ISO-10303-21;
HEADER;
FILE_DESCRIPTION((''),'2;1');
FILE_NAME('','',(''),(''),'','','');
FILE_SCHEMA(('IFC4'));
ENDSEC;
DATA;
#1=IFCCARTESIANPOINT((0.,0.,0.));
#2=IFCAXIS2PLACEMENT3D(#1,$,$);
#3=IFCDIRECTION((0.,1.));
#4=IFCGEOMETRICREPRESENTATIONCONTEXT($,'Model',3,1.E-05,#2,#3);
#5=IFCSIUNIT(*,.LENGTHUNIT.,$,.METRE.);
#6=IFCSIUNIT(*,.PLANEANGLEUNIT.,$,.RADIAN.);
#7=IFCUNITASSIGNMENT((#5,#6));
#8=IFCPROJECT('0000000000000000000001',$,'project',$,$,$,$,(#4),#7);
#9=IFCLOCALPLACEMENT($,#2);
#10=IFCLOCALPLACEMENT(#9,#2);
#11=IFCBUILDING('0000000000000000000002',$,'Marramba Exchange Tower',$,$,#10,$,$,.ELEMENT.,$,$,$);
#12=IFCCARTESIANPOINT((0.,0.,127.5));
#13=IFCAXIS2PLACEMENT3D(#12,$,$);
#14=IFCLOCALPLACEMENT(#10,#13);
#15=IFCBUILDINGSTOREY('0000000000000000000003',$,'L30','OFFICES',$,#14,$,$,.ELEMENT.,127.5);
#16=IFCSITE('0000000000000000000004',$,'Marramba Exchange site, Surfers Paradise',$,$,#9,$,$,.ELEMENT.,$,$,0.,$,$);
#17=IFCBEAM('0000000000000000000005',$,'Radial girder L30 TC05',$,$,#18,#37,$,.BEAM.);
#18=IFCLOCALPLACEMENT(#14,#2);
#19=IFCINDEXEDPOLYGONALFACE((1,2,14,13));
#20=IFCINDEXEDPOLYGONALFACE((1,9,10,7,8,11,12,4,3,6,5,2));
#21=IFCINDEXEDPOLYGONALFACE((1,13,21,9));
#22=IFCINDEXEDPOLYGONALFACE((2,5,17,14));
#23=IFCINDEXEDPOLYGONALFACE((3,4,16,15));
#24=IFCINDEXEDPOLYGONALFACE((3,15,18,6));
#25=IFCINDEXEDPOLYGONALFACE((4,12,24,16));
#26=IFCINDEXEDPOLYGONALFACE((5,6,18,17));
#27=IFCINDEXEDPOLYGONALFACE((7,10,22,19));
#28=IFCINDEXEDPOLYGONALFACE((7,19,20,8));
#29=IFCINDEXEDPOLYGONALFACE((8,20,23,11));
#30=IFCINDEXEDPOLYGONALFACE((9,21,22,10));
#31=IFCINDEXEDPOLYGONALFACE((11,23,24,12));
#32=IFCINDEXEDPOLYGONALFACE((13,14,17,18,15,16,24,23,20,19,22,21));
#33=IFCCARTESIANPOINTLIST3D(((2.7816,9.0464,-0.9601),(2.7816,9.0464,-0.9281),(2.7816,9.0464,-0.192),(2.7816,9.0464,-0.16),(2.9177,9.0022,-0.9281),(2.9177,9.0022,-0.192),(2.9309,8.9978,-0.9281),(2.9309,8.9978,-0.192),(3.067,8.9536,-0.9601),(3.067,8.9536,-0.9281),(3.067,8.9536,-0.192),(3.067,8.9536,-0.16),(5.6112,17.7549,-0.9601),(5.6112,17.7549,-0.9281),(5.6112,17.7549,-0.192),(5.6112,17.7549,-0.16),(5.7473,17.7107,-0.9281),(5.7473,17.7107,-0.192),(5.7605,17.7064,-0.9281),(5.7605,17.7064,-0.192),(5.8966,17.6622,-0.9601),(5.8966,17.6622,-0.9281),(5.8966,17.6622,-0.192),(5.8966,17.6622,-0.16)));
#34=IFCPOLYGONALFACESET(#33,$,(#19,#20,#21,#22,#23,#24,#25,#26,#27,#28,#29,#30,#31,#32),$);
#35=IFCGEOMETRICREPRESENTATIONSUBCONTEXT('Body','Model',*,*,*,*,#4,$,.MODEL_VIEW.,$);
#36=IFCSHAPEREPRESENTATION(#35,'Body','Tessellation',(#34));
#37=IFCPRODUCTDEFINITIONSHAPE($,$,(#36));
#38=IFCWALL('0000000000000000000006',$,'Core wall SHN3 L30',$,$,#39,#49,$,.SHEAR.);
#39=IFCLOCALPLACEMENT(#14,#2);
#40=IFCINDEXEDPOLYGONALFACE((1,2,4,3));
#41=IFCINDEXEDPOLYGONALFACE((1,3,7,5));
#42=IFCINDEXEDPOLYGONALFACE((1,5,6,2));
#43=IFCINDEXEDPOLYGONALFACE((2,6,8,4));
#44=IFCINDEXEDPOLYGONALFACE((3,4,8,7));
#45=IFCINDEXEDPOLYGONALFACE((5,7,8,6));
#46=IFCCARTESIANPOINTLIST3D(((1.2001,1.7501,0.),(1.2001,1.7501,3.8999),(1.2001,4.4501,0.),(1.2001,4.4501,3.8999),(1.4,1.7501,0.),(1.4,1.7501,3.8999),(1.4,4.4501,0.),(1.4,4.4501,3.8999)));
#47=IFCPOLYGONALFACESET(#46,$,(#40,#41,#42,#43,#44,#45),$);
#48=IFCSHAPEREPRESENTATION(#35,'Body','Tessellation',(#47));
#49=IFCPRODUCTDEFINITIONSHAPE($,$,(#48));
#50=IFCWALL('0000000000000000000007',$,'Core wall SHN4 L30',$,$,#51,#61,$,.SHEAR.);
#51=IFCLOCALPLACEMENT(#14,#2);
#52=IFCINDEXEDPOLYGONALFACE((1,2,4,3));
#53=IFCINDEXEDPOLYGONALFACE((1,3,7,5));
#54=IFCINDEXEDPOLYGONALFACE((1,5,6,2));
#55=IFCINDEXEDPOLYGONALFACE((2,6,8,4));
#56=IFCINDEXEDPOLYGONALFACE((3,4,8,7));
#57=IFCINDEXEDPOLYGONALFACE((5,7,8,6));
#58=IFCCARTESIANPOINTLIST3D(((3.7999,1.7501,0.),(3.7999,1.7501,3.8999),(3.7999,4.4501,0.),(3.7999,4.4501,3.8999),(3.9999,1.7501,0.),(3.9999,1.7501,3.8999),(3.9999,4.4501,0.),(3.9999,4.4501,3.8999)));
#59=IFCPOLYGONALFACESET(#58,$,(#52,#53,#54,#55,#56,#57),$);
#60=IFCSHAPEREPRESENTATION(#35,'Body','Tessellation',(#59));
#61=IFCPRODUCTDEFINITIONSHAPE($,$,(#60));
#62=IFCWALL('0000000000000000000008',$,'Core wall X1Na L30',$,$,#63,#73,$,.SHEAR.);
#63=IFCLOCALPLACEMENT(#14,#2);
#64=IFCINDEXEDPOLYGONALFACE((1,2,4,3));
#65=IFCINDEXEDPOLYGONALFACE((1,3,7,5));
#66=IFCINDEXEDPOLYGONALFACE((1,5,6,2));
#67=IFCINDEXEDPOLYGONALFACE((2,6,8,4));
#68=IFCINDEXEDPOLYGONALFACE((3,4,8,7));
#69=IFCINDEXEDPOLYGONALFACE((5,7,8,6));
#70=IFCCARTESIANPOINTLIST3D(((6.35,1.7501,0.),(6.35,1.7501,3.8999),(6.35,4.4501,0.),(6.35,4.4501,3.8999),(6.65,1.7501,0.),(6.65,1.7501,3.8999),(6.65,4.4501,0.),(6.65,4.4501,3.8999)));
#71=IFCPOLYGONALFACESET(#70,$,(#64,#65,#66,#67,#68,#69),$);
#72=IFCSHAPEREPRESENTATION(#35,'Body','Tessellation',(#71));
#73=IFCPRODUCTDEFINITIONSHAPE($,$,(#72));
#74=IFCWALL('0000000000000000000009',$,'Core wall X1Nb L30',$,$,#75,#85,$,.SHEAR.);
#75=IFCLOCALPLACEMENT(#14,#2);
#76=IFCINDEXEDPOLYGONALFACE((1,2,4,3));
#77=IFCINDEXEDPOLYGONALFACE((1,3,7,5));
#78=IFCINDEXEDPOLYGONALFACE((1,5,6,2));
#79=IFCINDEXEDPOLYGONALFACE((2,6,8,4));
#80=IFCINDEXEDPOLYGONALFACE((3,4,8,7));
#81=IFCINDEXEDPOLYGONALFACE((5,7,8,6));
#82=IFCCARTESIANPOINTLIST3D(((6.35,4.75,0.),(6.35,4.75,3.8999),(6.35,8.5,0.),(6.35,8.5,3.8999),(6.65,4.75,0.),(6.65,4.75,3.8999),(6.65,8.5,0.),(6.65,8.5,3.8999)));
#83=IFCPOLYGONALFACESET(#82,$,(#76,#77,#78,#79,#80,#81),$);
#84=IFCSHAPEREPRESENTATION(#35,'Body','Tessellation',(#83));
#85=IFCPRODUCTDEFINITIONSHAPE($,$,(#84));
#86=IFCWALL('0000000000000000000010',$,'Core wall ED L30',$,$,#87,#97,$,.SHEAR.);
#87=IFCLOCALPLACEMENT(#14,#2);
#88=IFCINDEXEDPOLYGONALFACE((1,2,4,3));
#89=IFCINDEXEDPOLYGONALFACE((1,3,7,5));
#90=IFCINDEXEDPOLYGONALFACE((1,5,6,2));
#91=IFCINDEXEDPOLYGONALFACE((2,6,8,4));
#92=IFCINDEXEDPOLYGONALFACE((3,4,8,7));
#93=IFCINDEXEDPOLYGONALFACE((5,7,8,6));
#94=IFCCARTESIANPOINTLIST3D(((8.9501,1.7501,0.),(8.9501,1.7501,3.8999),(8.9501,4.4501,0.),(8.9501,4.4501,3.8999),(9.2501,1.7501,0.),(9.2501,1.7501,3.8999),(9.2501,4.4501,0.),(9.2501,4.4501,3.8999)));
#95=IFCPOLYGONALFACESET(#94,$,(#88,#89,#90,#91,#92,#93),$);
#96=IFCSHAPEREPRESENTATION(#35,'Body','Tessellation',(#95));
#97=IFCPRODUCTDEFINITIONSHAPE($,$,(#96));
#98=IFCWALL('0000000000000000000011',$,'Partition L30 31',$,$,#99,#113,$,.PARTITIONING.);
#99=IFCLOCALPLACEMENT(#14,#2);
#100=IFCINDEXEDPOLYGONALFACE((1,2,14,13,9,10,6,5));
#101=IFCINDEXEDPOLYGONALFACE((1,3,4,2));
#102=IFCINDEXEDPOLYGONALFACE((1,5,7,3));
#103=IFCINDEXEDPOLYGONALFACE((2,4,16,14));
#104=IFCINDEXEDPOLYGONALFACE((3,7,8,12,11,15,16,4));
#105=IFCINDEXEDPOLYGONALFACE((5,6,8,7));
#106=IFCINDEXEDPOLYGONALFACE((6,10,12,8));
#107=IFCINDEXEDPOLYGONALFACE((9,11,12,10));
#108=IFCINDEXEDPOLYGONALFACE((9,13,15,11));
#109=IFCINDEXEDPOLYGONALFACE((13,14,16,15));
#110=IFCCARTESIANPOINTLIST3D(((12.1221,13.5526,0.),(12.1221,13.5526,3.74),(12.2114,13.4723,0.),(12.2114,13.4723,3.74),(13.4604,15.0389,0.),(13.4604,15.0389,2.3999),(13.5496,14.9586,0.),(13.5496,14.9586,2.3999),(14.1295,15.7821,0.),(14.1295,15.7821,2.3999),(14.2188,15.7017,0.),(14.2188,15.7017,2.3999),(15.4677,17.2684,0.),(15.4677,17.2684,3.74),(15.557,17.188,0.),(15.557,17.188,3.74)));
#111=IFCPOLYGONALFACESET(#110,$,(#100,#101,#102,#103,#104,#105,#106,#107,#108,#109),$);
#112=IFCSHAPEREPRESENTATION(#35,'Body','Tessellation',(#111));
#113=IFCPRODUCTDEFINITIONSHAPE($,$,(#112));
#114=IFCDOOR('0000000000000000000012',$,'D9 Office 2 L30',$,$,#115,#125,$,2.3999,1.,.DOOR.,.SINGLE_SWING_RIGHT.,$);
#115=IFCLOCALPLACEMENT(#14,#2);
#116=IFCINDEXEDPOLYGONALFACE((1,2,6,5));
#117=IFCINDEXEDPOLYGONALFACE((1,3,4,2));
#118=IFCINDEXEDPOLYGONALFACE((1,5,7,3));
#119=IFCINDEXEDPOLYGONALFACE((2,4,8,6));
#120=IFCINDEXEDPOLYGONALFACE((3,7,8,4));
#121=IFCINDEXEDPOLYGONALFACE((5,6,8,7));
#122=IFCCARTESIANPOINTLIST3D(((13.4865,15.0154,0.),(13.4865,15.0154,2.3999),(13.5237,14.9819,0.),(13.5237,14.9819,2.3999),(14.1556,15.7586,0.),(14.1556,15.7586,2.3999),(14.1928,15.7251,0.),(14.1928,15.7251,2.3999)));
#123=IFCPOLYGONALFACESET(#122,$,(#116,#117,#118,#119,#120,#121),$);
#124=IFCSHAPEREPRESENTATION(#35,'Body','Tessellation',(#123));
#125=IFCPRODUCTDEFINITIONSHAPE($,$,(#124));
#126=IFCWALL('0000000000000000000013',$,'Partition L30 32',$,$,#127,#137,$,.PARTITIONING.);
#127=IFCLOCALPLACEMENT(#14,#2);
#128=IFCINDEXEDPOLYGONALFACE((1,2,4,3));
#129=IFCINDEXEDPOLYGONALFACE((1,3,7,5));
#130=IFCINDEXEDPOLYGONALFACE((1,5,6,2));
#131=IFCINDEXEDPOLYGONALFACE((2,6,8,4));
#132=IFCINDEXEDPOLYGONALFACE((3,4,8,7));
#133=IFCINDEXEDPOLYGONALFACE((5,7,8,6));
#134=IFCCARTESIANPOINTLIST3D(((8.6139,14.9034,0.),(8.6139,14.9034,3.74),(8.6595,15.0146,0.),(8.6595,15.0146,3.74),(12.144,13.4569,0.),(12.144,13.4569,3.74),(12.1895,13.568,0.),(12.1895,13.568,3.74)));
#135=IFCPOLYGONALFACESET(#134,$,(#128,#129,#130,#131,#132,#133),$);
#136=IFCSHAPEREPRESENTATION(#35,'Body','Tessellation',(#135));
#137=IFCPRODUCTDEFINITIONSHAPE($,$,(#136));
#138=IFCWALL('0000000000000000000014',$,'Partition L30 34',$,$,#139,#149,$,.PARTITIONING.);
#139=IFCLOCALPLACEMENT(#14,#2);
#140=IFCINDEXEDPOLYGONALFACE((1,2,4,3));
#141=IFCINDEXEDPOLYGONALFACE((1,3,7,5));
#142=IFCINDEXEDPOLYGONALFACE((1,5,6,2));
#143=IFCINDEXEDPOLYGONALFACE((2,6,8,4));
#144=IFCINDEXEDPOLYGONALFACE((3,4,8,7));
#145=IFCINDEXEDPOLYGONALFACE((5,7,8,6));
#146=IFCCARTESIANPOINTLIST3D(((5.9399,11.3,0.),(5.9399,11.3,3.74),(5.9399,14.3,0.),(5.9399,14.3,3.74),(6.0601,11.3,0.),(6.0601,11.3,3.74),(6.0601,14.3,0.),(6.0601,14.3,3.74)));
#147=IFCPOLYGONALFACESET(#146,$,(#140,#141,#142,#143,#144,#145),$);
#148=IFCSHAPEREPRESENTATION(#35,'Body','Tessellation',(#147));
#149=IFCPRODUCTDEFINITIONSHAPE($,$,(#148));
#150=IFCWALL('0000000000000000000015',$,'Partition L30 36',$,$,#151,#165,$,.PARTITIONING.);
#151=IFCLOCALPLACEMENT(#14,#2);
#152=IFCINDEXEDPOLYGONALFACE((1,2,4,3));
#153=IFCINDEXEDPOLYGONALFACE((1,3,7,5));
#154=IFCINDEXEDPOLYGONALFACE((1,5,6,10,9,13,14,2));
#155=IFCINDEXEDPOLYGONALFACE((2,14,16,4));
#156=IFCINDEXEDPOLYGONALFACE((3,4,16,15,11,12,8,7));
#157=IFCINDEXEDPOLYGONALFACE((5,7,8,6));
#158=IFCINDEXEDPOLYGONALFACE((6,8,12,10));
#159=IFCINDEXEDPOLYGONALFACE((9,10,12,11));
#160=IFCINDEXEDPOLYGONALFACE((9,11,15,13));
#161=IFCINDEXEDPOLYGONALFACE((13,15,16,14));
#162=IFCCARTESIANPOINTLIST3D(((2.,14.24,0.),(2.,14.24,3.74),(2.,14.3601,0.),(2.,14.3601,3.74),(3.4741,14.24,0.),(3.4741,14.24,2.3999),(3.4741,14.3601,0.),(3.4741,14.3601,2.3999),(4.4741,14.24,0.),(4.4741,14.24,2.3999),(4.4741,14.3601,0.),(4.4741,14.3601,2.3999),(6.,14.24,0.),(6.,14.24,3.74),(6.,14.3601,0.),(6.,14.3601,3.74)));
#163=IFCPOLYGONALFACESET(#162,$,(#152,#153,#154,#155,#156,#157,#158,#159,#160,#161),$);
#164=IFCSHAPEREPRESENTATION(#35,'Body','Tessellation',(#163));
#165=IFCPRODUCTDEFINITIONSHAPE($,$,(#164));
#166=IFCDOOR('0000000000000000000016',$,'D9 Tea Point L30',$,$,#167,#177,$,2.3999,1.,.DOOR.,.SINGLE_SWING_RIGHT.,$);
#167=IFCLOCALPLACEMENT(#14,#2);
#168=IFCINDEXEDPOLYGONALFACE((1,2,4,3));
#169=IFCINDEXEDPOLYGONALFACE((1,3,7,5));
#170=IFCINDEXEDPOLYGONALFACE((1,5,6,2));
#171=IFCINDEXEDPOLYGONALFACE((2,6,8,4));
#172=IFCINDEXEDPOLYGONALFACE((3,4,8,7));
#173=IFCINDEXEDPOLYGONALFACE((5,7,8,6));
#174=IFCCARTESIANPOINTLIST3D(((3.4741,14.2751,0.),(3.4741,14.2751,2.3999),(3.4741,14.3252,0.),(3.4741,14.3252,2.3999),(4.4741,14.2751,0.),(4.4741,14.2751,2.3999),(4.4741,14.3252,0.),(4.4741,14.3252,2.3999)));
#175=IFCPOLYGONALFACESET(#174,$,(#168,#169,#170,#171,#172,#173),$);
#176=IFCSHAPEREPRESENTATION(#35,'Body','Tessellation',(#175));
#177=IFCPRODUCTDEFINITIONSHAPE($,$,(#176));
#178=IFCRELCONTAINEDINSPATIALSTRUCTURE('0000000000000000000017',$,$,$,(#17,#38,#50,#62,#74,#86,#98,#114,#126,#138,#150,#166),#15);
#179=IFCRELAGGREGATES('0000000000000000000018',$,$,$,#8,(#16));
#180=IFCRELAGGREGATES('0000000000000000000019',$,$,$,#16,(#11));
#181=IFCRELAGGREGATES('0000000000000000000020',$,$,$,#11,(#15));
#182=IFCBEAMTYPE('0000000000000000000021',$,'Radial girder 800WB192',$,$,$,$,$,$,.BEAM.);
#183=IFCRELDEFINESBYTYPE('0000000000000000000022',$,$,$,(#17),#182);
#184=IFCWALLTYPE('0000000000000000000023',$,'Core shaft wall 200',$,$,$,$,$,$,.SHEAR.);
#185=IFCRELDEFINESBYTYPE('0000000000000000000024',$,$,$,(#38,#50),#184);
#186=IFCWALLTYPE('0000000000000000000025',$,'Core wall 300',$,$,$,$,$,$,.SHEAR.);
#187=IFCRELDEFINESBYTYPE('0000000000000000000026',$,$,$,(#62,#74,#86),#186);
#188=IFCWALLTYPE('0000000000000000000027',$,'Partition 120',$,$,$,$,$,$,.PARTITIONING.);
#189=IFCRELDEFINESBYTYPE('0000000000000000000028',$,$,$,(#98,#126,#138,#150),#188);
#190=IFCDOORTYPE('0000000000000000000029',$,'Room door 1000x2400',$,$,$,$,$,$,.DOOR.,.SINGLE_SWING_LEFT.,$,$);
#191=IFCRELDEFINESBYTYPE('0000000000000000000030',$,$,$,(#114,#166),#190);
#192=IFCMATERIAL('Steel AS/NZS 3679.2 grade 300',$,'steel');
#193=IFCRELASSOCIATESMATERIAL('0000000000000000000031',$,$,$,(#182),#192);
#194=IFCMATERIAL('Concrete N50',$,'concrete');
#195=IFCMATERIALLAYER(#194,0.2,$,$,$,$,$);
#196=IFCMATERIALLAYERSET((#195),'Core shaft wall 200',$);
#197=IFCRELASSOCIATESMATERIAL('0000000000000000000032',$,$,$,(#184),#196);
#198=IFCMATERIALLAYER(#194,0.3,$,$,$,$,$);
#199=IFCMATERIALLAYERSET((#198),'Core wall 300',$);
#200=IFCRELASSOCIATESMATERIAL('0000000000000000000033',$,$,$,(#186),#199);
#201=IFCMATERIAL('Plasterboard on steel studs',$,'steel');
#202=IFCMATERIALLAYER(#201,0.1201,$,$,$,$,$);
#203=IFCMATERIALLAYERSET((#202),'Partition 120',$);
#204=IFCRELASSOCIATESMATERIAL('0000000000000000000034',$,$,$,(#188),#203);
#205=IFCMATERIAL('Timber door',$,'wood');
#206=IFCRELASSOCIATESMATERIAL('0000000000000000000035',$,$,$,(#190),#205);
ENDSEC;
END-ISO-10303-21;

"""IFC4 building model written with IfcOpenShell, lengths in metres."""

from ifc_helpers import new_model, si_unit, direction, frame, frame_2d, origin, origin_2d, place, context, subcontext, project, spatial, rectangle, i_section, extrude, material, layer, layer_set, material_profile, profile_set, type_object, element, fill, save


model = new_model("IFC4")

# Units and contexts
model_context = context("Model", 3, precision=1e-05, world=origin(), true_north=direction((0.0, 1.0)))
body_context = subcontext(model_context, "Body", "Model", "MODEL_VIEW")
ifc_project = project(units=[si_unit("LENGTHUNIT", "METRE"), si_unit("PLANEANGLEUNIT", "RADIAN")], contexts=[model_context])

# Site, building, storey
site_placement = place(None, origin())
site = spatial("IfcSite", under=ifc_project, at=site_placement, Name="Marramba Exchange site, Surfers Paradise", CompositionType="ELEMENT", RefElevation=0.0)
building_placement = place(site_placement, origin())
building = spatial("IfcBuilding", under=site, at=building_placement, Name="Marramba Exchange Tower", CompositionType="ELEMENT")
storey_placement = place(building_placement, frame((0.0, 0.0, 127.5)))
storey = spatial("IfcBuildingStorey", under=building, at=storey_placement, Name="L30", Description="OFFICES", CompositionType="ELEMENT", Elevation=127.5)

# Beam
ifc_material_1 = material(Name="Steel AS/NZS 3679.2 grade 300", Category="steel")
ifc_material_profile_1 = material_profile(ifc_material_1, i_section(OverallWidth=0.3, OverallDepth=0.8, WebThickness=0.0139, FlangeThickness=0.032, at=origin_2d()), Name="800WB192")
ifc_profile_set_1 = profile_set([ifc_material_profile_1], Name="Steel AS/NZS 3679.2 grade 300")
beam_type_1 = type_object("IfcBeamType", Name="Radial girder 800WB192", PredefinedType="BEAM", material=ifc_profile_set_1)
beam_1_placement = place(storey_placement, frame((2.9243, 9.0, -0.5601), z_axis=(0.30902, 0.951056, 0.0), x_axis=(-0.951056, 0.30902, 0.0)))
element("IfcBeam", 1, at=beam_1_placement, inside=storey, type_object=beam_type_1, Name="Radial girder L30 TC05", PredefinedType="BEAM", context=body_context, shape_type="SweptSolid", body=[
    extrude(i_section(OverallWidth=0.3, OverallDepth=0.8, WebThickness=0.0139, FlangeThickness=0.032, at=origin_2d()), origin(), (0.0, 0.0, 1.0), 9.1567),
])

# Walls
ifc_material_2 = material(Name="Concrete N50", Category="concrete")
ifc_layer_1 = layer(ifc_material_2, 0.2)
ifc_layer_set_1 = layer_set([ifc_layer_1], Name="Core shaft wall 200")
wall_type_1 = type_object("IfcWallType", Name="Core shaft wall 200", PredefinedType="SHEAR", material=ifc_layer_set_1)
for number, where, z_axis, x_axis, name in (
    (2, (1.3, 1.75, 0.0), (0.0, 0.0, 1.0), (0.0, 1.0, 0.0), "Core wall SHN3 L30"),
    (3, (3.8999, 1.75, 0.0), (0.0, 0.0, 1.0), (0.0, 1.0, 0.0), "Core wall SHN4 L30"),
):
    element("IfcWall", number, at=place(storey_placement, frame(where, z_axis=z_axis, x_axis=x_axis)), inside=storey, type_object=wall_type_1, Name=name, PredefinedType="SHEAR", context=body_context, shape_type="SweptSolid", body=[
        extrude(rectangle(XDim=2.7, YDim=0.2, at=frame_2d((1.3501, 0.0))), origin(), (0.0, 0.0, 1.0), 3.8999),
    ])

# Walls
ifc_layer_2 = layer(ifc_material_2, 0.3)
ifc_layer_set_2 = layer_set([ifc_layer_2], Name="Core wall 300")
wall_type_2 = type_object("IfcWallType", Name="Core wall 300", PredefinedType="SHEAR", material=ifc_layer_set_2)
wall_1_placement = place(storey_placement, frame((6.5, 1.75, 0.0), z_axis=(0.0, 0.0, 1.0), x_axis=(0.0, 1.0, 0.0)))
element("IfcWall", 4, at=wall_1_placement, inside=storey, type_object=wall_type_2, Name="Core wall X1Na L30", PredefinedType="SHEAR", context=body_context, shape_type="SweptSolid", body=[
    extrude(rectangle(XDim=2.7, YDim=0.3, at=frame_2d((1.3501, 0.0))), origin(), (0.0, 0.0, 1.0), 3.8999),
])
wall_2_placement = place(storey_placement, frame((6.5, 4.75, 0.0), z_axis=(0.0, 0.0, 1.0), x_axis=(0.0, 1.0, 0.0)))
element("IfcWall", 5, at=wall_2_placement, inside=storey, type_object=wall_type_2, Name="Core wall X1Nb L30", PredefinedType="SHEAR", context=body_context, shape_type="SweptSolid", body=[
    extrude(rectangle(XDim=3.75, YDim=0.3, at=frame_2d((1.875, 0.0))), origin(), (0.0, 0.0, 1.0), 3.8999),
])
wall_3_placement = place(storey_placement, frame((9.1001, 1.75, 0.0), z_axis=(0.0, 0.0, 1.0), x_axis=(0.0, 1.0, 0.0)))
element("IfcWall", 6, at=wall_3_placement, inside=storey, type_object=wall_type_2, Name="Core wall ED L30", PredefinedType="SHEAR", context=body_context, shape_type="SweptSolid", body=[
    extrude(rectangle(XDim=2.7, YDim=0.3, at=frame_2d((1.3501, 0.0))), origin(), (0.0, 0.0, 1.0), 3.8999),
])

# Wall, opening, door
ifc_material_3 = material(Name="Plasterboard on steel studs", Category="steel")
ifc_layer_3 = layer(ifc_material_3, 0.1201)
ifc_layer_set_3 = layer_set([ifc_layer_3], Name="Partition 120")
wall_type_3 = type_object("IfcWallType", Name="Partition 120", PredefinedType="PARTITIONING", material=ifc_layer_set_3)
wall_4_placement = place(storey_placement, frame((12.1667, 13.5125, 0.0), z_axis=(0.0, 0.0, 1.0), x_axis=(0.669127, 0.743148, 0.0)))
wall_4 = element("IfcWall", 7, at=wall_4_placement, inside=storey, type_object=wall_type_3, Name="Partition L30 31", PredefinedType="PARTITIONING", context=body_context, shape_type="SweptSolid", body=[
    extrude(rectangle(XDim=5.0, YDim=0.1201, at=frame_2d((2.5, 0.0))), origin(), (0.0, 0.0, 1.0), 3.74),
])
opening_1_placement = place(wall_4_placement, frame((2.0, 0.0, 0.0)))
opening_1 = element("IfcOpeningElement", 8, at=opening_1_placement, cuts=wall_4, PredefinedType="OPENING", context=body_context, shape_type="SweptSolid", body=[
    extrude(rectangle(XDim=1.0, YDim=2.3999, at=frame_2d((0.5, 1.2))), frame((0.0, 0.0701, 0.0), z_axis=(0.0, -1.0, 0.0), x_axis=(1.0, 0.0, 0.0)), (0.0, 0.0, 1.0), 0.1401),
])
ifc_material_4 = material(Name="Timber door", Category="wood")
door_type_1 = type_object("IfcDoorType", Name="Room door 1000x2400", OperationType="SINGLE_SWING_LEFT", PredefinedType="DOOR", material=ifc_material_4)
door_1_placement = place(opening_1_placement, origin())
door_1 = element("IfcDoor", 9, at=door_1_placement, inside=storey, type_object=door_type_1, Name="D9 Office 2 L30", OperationType="SINGLE_SWING_RIGHT", OverallHeight=2.3999, OverallWidth=1.0, PredefinedType="DOOR", context=body_context, shape_type="SweptSolid", body=[
    extrude(rectangle(XDim=1.0, YDim=2.3999, at=frame_2d((0.5, 1.2))), frame((0.0, 0.0249, 0.0), z_axis=(0.0, -1.0, 0.0), x_axis=(1.0, 0.0, 0.0)), (0.0, 0.0, 1.0), 0.05),
])
fill(opening_1, door_1)

# Walls
wall_5_placement = place(storey_placement, frame((8.6367, 14.959, 0.0), z_axis=(0.0, 0.0, 1.0), x_axis=(0.925324, -0.379179, 0.0)))
element("IfcWall", 10, at=wall_5_placement, inside=storey, type_object=wall_type_3, Name="Partition L30 32", PredefinedType="PARTITIONING", context=body_context, shape_type="SweptSolid", body=[
    extrude(rectangle(XDim=3.8149, YDim=0.1201, at=frame_2d((1.9075, 0.0))), origin(), (0.0, 0.0, 1.0), 3.74),
])
wall_6_placement = place(storey_placement, frame((6.0, 11.3, 0.0), z_axis=(0.0, 0.0, 1.0), x_axis=(0.0, 1.0, 0.0)))
element("IfcWall", 11, at=wall_6_placement, inside=storey, type_object=wall_type_3, Name="Partition L30 34", PredefinedType="PARTITIONING", context=body_context, shape_type="SweptSolid", body=[
    extrude(rectangle(XDim=3.0, YDim=0.1201, at=frame_2d((1.5, 0.0))), origin(), (0.0, 0.0, 1.0), 3.74),
])

# Wall, opening, door
wall_7_placement = place(storey_placement, frame((6.0, 14.3, 0.0), z_axis=(0.0, 0.0, 1.0), x_axis=(-1.0, 0.0, 0.0)))
wall_7 = element("IfcWall", 12, at=wall_7_placement, inside=storey, type_object=wall_type_3, Name="Partition L30 36", PredefinedType="PARTITIONING", context=body_context, shape_type="SweptSolid", body=[
    extrude(rectangle(XDim=4.0, YDim=0.1201, at=frame_2d((2.0, 0.0))), origin(), (0.0, 0.0, 1.0), 3.74),
])
opening_2_placement = place(wall_7_placement, frame((1.5259, 0.0, 0.0)))
opening_2 = element("IfcOpeningElement", 13, at=opening_2_placement, cuts=wall_7, PredefinedType="OPENING", context=body_context, shape_type="SweptSolid", body=[
    extrude(rectangle(XDim=1.0, YDim=2.3999, at=frame_2d((0.5, 1.2))), frame((0.0, 0.0701, 0.0), z_axis=(0.0, -1.0, 0.0), x_axis=(1.0, 0.0, 0.0)), (0.0, 0.0, 1.0), 0.1401),
])
door_2_placement = place(opening_2_placement, origin())
door_2 = element("IfcDoor", 14, at=door_2_placement, inside=storey, type_object=door_type_1, Name="D9 Tea Point L30", OperationType="SINGLE_SWING_RIGHT", OverallHeight=2.3999, OverallWidth=1.0, PredefinedType="DOOR", context=body_context, shape_type="SweptSolid", body=[
    extrude(rectangle(XDim=1.0, YDim=2.3999, at=frame_2d((0.5, 1.2))), frame((0.0, 0.0249, 0.0), z_axis=(0.0, -1.0, 0.0), x_axis=(1.0, 0.0, 0.0)), (0.0, 0.0, 1.0), 0.05),
])
fill(opening_2, door_2)

save(model, "model.ifc")
